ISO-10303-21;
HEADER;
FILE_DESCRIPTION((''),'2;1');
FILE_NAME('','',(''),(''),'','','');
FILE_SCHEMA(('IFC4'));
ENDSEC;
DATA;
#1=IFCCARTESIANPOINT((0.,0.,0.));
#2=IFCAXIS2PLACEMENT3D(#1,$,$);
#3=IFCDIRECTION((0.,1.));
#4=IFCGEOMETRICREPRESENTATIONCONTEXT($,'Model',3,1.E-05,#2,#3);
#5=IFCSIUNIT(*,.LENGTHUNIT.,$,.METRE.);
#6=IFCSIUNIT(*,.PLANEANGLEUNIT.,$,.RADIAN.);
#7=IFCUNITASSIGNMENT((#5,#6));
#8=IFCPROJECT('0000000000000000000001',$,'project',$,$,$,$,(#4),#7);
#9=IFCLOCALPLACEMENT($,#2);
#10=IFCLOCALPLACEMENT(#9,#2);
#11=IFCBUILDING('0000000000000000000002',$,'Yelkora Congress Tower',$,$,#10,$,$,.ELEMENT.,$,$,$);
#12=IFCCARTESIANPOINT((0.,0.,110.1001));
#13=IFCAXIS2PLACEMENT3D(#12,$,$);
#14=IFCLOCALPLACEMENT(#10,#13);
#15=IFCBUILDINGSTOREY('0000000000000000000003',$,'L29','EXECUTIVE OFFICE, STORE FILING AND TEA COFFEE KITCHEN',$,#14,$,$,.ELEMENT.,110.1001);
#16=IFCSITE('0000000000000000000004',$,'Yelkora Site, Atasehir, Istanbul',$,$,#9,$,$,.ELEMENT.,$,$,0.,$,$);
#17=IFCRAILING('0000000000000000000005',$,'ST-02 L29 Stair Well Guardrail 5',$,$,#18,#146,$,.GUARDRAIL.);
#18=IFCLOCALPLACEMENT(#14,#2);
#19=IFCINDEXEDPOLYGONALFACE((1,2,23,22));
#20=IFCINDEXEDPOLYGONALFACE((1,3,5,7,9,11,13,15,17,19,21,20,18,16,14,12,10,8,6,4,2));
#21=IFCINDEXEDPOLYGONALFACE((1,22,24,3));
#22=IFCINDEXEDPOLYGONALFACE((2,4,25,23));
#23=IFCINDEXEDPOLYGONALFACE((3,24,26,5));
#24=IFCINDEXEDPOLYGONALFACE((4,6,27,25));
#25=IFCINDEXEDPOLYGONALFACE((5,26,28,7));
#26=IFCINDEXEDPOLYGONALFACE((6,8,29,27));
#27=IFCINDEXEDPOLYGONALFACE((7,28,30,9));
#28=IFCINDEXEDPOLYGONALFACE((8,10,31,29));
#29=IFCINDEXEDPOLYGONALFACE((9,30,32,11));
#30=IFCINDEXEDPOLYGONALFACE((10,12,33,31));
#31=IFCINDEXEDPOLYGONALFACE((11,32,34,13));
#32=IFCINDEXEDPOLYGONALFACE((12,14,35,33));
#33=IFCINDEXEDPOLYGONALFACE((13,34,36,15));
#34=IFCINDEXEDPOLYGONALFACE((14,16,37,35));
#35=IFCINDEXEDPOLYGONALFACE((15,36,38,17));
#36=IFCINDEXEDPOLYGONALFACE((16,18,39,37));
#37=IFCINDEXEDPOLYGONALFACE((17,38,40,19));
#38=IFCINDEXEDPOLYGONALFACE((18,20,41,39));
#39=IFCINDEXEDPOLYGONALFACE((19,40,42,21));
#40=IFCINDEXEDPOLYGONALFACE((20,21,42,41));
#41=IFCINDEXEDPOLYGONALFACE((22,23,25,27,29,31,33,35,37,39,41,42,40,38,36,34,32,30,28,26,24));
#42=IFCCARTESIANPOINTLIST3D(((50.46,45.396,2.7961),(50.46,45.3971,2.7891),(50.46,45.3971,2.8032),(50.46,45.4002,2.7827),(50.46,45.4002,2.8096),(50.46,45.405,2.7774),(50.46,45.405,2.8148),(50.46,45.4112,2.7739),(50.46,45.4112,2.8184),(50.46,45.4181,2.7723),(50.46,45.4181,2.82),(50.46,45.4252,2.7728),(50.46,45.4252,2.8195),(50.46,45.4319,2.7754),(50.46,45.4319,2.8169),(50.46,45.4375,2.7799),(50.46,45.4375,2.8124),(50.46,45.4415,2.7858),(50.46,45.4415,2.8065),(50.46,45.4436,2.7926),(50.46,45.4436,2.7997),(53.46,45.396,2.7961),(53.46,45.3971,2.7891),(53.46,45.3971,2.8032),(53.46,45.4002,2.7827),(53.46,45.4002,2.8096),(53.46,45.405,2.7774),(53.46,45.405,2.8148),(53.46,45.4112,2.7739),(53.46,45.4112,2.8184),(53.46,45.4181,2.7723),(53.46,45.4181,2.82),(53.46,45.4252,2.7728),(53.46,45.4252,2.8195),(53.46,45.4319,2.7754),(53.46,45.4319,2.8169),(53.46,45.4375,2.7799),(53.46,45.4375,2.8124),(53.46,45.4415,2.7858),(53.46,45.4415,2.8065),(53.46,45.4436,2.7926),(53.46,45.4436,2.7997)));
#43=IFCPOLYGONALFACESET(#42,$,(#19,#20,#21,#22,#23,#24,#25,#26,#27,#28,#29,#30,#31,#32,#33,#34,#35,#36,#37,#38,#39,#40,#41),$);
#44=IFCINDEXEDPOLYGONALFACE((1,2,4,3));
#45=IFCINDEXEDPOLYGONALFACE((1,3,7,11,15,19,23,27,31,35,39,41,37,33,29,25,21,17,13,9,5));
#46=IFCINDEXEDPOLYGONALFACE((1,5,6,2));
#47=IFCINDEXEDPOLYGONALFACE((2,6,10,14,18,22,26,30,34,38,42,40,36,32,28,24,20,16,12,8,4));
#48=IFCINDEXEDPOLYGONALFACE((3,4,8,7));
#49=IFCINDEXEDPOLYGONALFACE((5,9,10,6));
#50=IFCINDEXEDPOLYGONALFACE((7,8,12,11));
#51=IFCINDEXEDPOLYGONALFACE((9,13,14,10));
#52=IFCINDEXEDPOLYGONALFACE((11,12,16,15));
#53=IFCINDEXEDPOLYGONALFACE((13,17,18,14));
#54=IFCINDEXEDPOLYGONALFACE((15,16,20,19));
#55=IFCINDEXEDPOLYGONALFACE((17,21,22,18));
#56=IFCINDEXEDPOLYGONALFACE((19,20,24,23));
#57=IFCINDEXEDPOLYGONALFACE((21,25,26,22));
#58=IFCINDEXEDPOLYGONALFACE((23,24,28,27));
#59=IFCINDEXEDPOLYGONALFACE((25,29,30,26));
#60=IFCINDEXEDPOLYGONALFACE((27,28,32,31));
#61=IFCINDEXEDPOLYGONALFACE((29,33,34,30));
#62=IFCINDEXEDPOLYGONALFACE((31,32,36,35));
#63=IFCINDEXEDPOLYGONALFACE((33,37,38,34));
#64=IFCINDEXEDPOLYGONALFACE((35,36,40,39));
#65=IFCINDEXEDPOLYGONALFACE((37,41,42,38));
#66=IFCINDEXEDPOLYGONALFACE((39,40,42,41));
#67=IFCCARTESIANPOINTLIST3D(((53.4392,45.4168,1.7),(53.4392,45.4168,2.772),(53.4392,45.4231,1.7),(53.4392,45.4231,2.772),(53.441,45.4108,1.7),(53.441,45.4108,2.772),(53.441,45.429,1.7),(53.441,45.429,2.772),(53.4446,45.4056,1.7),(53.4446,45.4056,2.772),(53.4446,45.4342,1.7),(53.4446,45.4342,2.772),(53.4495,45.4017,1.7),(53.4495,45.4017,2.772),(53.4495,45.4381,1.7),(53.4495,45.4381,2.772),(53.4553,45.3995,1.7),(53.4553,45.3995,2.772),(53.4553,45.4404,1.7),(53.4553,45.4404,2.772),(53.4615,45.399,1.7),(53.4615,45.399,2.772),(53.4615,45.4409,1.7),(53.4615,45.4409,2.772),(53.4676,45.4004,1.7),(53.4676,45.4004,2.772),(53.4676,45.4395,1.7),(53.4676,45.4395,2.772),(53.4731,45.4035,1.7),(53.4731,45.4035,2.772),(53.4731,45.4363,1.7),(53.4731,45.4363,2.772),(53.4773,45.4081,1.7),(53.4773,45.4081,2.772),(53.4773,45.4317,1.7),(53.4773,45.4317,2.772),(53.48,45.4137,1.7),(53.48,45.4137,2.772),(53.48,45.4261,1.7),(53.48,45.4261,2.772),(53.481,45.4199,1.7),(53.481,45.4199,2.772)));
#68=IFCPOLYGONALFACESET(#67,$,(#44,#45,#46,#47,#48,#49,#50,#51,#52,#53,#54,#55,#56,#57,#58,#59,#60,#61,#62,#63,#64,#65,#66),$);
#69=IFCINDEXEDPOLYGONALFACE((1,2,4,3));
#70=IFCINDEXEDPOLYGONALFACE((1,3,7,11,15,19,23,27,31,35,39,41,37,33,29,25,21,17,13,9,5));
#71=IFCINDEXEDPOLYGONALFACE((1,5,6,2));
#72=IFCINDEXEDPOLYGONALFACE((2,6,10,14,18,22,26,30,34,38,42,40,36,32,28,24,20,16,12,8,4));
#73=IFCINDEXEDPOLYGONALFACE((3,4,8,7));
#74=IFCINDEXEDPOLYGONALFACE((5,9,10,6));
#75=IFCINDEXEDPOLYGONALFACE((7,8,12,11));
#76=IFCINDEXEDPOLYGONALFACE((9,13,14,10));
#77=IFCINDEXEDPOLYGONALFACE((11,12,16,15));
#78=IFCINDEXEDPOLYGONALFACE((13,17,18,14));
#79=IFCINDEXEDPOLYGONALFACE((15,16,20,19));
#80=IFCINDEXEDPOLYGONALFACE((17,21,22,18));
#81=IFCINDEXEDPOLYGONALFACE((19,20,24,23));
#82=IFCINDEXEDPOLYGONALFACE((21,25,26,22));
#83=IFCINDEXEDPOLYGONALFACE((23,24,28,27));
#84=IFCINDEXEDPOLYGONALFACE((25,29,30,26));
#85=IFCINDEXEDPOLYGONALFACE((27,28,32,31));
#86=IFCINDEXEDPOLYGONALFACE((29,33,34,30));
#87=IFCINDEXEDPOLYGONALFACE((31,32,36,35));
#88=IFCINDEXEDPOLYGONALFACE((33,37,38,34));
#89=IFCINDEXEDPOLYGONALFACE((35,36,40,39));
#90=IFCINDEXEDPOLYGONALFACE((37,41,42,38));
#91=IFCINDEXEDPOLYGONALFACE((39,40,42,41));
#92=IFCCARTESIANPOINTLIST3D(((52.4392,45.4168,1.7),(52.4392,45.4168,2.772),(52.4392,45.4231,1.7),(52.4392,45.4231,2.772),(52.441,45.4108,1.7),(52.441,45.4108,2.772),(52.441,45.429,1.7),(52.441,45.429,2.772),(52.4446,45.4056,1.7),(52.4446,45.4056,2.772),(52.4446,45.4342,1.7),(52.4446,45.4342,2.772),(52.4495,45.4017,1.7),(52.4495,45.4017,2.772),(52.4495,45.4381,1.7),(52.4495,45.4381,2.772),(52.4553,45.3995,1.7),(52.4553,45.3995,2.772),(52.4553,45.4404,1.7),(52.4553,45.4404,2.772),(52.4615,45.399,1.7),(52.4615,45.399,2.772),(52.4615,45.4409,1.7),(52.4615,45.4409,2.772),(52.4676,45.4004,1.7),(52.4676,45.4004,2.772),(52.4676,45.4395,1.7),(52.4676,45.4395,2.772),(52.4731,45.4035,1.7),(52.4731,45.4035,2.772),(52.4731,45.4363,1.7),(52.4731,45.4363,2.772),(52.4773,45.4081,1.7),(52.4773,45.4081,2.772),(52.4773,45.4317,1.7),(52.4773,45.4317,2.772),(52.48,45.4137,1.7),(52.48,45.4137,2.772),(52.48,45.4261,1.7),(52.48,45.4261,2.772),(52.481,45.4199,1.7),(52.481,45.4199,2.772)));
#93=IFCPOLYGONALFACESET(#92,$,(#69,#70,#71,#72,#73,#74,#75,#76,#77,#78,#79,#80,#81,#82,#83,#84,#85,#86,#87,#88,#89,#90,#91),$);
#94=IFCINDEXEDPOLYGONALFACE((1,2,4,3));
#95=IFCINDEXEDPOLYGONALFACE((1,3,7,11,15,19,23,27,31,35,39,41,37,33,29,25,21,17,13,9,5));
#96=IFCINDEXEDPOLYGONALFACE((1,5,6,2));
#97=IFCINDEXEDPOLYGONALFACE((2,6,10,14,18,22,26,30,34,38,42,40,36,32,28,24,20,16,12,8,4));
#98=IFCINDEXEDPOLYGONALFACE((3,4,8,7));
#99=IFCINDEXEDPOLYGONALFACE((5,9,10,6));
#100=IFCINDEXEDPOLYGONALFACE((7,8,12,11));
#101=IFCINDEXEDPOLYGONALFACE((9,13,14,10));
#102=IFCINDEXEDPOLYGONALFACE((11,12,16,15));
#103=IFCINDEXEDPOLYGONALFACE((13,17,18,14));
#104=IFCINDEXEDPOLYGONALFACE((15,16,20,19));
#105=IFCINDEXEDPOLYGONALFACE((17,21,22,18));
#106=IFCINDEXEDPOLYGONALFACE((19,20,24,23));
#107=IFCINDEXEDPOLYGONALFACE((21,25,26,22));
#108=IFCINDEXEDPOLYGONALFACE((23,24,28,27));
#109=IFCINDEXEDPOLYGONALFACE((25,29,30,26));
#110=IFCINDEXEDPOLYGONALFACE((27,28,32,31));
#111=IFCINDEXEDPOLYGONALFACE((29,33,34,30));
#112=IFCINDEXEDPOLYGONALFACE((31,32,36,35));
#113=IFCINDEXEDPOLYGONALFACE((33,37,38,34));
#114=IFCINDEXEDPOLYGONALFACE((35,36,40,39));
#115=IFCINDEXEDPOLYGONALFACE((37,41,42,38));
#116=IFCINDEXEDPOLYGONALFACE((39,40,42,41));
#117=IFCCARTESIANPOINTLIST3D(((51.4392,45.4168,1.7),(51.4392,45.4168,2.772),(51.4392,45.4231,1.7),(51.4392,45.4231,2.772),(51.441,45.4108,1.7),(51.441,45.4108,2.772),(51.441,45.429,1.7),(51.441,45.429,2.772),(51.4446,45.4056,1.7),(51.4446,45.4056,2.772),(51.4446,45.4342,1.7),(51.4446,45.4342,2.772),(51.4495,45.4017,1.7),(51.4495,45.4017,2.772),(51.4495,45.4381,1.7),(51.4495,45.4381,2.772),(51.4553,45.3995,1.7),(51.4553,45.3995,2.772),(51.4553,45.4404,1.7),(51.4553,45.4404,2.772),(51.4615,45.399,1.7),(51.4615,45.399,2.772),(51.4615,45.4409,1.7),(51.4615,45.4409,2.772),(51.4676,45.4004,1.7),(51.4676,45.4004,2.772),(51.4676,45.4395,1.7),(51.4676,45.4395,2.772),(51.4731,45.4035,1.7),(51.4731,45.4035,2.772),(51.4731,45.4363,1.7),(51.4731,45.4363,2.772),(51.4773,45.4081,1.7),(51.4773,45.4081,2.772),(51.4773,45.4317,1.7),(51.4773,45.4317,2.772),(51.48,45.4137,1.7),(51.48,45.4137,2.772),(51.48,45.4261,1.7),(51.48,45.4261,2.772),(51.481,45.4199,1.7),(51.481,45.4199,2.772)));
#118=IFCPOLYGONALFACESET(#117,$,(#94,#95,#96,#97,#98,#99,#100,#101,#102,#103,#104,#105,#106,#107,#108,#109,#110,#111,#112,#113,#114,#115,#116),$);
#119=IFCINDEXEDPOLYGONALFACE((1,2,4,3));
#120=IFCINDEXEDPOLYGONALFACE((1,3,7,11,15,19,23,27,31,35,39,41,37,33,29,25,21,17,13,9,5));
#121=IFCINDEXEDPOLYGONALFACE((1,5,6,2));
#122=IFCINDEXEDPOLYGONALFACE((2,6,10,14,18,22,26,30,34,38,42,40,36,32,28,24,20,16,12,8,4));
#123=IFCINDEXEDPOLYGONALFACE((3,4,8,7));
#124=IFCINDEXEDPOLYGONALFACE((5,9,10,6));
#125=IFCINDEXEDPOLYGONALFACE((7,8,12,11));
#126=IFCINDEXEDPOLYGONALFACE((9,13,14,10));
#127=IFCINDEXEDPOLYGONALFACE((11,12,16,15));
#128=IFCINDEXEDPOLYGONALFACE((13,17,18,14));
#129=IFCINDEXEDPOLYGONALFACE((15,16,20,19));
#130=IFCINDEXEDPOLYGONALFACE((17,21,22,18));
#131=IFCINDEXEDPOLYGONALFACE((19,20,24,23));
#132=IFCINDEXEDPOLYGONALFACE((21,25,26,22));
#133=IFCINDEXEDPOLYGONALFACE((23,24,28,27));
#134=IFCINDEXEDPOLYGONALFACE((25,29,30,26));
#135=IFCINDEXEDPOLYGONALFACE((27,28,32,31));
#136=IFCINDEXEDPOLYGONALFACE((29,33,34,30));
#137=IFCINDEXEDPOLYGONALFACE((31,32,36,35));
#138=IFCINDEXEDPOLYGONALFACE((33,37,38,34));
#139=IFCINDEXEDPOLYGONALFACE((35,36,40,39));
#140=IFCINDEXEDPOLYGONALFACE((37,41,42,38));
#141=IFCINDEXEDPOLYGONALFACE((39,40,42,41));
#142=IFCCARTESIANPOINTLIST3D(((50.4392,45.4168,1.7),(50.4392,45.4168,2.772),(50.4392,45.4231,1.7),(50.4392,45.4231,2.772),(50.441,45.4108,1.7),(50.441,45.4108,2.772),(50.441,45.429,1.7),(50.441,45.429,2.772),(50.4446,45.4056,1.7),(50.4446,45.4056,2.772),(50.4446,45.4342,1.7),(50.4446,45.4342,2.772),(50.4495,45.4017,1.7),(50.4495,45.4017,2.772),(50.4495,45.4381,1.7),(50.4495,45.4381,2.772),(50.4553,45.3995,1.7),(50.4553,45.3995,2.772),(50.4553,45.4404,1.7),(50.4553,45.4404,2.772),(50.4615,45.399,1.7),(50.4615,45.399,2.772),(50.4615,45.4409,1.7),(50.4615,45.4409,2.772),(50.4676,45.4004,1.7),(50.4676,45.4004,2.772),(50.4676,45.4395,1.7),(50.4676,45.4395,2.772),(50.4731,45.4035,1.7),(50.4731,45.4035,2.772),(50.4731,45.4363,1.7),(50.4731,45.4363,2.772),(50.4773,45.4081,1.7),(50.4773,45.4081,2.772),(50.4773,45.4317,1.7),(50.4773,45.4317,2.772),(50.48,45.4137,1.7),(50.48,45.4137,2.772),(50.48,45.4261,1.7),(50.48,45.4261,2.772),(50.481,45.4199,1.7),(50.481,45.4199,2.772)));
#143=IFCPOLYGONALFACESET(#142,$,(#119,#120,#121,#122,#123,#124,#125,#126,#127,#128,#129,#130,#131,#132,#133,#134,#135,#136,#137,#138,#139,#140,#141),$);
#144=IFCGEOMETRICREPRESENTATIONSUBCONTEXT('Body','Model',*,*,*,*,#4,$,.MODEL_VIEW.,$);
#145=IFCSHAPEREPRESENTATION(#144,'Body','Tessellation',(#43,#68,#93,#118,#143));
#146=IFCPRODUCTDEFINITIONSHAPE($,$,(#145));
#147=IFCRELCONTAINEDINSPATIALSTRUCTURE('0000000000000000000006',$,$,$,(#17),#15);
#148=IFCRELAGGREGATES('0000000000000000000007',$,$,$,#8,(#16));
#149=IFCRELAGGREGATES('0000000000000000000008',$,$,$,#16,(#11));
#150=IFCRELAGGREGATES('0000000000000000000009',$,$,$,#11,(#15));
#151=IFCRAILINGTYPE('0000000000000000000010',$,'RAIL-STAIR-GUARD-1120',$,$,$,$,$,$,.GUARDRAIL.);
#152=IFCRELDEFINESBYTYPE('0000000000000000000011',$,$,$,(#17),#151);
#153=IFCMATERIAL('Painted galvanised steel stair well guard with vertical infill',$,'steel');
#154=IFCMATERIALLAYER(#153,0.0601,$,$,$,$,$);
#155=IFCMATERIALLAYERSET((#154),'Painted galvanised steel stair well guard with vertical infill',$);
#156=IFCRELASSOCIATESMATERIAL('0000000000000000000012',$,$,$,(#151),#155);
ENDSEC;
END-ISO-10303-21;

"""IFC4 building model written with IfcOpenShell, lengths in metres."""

from ifc_helpers import new_model, si_unit, direction, frame, origin, origin_2d, place, context, subcontext, project, spatial, circle, extrude, material, layer, layer_set, type_object, element, save


model = new_model("IFC4")

# Units and contexts
model_context = context("Model", 3, precision=1e-05, world=origin(), true_north=direction((0.0, 1.0)))
body_context = subcontext(model_context, "Body", "Model", "MODEL_VIEW")
ifc_project = project(units=[si_unit("LENGTHUNIT", "METRE"), si_unit("PLANEANGLEUNIT", "RADIAN")], contexts=[model_context])

# Site, building, storey
site_placement = place(None, origin())
site = spatial("IfcSite", under=ifc_project, at=site_placement, Name="Yelkora Site, Atasehir, Istanbul", CompositionType="ELEMENT", RefElevation=0.0)
building_placement = place(site_placement, origin())
building = spatial("IfcBuilding", under=site, at=building_placement, Name="Yelkora Congress Tower", CompositionType="ELEMENT")
storey_placement = place(building_placement, frame((0.0, 0.0, 110.1001)))
storey = spatial("IfcBuildingStorey", under=building, at=storey_placement, Name="L29", Description="EXECUTIVE OFFICE, STORE FILING AND TEA COFFEE KITCHEN", CompositionType="ELEMENT", Elevation=110.1001)

# Railing
ifc_material_1 = material(Name="Painted galvanised steel stair well guard with vertical infill", Category="steel")
ifc_layer_1 = layer(ifc_material_1, 0.0601)
ifc_layer_set_1 = layer_set([ifc_layer_1], Name="Painted galvanised steel stair well guard with vertical infill")
railing_type_1 = type_object("IfcRailingType", Name="RAIL-STAIR-GUARD-1120", PredefinedType="GUARDRAIL", material=ifc_layer_set_1)
railing_1_placement = place(storey_placement, frame((53.46, 45.4199, 1.7)))
element("IfcRailing", 1, at=railing_1_placement, inside=storey, type_object=railing_type_1, Name="ST-02 L29 Stair Well Guardrail 5", PredefinedType="GUARDRAIL", context=body_context, shape_type="SweptSolid", body=[
    extrude(circle(Radius=0.0239, at=origin_2d()), frame((0.0, 0.0, 1.0962), z_axis=(-1.0, 0.0, 0.0), x_axis=(0.0, -1.0, 0.0)), (0.0, 0.0, 1.0), 3.0),
    extrude(circle(Radius=0.021, at=origin_2d()), origin(), (0.0, 0.0, 1.0), 1.072),
    extrude(circle(Radius=0.021, at=origin_2d()), frame((-1.0, 0.0, 0.0)), (0.0, 0.0, 1.0), 1.072),
    extrude(circle(Radius=0.021, at=origin_2d()), frame((-2.0, 0.0, 0.0)), (0.0, 0.0, 1.0), 1.072),
    extrude(circle(Radius=0.021, at=origin_2d()), frame((-3.0, 0.0, 0.0)), (0.0, 0.0, 1.0), 1.072),
])

save(model, "model.ifc")
